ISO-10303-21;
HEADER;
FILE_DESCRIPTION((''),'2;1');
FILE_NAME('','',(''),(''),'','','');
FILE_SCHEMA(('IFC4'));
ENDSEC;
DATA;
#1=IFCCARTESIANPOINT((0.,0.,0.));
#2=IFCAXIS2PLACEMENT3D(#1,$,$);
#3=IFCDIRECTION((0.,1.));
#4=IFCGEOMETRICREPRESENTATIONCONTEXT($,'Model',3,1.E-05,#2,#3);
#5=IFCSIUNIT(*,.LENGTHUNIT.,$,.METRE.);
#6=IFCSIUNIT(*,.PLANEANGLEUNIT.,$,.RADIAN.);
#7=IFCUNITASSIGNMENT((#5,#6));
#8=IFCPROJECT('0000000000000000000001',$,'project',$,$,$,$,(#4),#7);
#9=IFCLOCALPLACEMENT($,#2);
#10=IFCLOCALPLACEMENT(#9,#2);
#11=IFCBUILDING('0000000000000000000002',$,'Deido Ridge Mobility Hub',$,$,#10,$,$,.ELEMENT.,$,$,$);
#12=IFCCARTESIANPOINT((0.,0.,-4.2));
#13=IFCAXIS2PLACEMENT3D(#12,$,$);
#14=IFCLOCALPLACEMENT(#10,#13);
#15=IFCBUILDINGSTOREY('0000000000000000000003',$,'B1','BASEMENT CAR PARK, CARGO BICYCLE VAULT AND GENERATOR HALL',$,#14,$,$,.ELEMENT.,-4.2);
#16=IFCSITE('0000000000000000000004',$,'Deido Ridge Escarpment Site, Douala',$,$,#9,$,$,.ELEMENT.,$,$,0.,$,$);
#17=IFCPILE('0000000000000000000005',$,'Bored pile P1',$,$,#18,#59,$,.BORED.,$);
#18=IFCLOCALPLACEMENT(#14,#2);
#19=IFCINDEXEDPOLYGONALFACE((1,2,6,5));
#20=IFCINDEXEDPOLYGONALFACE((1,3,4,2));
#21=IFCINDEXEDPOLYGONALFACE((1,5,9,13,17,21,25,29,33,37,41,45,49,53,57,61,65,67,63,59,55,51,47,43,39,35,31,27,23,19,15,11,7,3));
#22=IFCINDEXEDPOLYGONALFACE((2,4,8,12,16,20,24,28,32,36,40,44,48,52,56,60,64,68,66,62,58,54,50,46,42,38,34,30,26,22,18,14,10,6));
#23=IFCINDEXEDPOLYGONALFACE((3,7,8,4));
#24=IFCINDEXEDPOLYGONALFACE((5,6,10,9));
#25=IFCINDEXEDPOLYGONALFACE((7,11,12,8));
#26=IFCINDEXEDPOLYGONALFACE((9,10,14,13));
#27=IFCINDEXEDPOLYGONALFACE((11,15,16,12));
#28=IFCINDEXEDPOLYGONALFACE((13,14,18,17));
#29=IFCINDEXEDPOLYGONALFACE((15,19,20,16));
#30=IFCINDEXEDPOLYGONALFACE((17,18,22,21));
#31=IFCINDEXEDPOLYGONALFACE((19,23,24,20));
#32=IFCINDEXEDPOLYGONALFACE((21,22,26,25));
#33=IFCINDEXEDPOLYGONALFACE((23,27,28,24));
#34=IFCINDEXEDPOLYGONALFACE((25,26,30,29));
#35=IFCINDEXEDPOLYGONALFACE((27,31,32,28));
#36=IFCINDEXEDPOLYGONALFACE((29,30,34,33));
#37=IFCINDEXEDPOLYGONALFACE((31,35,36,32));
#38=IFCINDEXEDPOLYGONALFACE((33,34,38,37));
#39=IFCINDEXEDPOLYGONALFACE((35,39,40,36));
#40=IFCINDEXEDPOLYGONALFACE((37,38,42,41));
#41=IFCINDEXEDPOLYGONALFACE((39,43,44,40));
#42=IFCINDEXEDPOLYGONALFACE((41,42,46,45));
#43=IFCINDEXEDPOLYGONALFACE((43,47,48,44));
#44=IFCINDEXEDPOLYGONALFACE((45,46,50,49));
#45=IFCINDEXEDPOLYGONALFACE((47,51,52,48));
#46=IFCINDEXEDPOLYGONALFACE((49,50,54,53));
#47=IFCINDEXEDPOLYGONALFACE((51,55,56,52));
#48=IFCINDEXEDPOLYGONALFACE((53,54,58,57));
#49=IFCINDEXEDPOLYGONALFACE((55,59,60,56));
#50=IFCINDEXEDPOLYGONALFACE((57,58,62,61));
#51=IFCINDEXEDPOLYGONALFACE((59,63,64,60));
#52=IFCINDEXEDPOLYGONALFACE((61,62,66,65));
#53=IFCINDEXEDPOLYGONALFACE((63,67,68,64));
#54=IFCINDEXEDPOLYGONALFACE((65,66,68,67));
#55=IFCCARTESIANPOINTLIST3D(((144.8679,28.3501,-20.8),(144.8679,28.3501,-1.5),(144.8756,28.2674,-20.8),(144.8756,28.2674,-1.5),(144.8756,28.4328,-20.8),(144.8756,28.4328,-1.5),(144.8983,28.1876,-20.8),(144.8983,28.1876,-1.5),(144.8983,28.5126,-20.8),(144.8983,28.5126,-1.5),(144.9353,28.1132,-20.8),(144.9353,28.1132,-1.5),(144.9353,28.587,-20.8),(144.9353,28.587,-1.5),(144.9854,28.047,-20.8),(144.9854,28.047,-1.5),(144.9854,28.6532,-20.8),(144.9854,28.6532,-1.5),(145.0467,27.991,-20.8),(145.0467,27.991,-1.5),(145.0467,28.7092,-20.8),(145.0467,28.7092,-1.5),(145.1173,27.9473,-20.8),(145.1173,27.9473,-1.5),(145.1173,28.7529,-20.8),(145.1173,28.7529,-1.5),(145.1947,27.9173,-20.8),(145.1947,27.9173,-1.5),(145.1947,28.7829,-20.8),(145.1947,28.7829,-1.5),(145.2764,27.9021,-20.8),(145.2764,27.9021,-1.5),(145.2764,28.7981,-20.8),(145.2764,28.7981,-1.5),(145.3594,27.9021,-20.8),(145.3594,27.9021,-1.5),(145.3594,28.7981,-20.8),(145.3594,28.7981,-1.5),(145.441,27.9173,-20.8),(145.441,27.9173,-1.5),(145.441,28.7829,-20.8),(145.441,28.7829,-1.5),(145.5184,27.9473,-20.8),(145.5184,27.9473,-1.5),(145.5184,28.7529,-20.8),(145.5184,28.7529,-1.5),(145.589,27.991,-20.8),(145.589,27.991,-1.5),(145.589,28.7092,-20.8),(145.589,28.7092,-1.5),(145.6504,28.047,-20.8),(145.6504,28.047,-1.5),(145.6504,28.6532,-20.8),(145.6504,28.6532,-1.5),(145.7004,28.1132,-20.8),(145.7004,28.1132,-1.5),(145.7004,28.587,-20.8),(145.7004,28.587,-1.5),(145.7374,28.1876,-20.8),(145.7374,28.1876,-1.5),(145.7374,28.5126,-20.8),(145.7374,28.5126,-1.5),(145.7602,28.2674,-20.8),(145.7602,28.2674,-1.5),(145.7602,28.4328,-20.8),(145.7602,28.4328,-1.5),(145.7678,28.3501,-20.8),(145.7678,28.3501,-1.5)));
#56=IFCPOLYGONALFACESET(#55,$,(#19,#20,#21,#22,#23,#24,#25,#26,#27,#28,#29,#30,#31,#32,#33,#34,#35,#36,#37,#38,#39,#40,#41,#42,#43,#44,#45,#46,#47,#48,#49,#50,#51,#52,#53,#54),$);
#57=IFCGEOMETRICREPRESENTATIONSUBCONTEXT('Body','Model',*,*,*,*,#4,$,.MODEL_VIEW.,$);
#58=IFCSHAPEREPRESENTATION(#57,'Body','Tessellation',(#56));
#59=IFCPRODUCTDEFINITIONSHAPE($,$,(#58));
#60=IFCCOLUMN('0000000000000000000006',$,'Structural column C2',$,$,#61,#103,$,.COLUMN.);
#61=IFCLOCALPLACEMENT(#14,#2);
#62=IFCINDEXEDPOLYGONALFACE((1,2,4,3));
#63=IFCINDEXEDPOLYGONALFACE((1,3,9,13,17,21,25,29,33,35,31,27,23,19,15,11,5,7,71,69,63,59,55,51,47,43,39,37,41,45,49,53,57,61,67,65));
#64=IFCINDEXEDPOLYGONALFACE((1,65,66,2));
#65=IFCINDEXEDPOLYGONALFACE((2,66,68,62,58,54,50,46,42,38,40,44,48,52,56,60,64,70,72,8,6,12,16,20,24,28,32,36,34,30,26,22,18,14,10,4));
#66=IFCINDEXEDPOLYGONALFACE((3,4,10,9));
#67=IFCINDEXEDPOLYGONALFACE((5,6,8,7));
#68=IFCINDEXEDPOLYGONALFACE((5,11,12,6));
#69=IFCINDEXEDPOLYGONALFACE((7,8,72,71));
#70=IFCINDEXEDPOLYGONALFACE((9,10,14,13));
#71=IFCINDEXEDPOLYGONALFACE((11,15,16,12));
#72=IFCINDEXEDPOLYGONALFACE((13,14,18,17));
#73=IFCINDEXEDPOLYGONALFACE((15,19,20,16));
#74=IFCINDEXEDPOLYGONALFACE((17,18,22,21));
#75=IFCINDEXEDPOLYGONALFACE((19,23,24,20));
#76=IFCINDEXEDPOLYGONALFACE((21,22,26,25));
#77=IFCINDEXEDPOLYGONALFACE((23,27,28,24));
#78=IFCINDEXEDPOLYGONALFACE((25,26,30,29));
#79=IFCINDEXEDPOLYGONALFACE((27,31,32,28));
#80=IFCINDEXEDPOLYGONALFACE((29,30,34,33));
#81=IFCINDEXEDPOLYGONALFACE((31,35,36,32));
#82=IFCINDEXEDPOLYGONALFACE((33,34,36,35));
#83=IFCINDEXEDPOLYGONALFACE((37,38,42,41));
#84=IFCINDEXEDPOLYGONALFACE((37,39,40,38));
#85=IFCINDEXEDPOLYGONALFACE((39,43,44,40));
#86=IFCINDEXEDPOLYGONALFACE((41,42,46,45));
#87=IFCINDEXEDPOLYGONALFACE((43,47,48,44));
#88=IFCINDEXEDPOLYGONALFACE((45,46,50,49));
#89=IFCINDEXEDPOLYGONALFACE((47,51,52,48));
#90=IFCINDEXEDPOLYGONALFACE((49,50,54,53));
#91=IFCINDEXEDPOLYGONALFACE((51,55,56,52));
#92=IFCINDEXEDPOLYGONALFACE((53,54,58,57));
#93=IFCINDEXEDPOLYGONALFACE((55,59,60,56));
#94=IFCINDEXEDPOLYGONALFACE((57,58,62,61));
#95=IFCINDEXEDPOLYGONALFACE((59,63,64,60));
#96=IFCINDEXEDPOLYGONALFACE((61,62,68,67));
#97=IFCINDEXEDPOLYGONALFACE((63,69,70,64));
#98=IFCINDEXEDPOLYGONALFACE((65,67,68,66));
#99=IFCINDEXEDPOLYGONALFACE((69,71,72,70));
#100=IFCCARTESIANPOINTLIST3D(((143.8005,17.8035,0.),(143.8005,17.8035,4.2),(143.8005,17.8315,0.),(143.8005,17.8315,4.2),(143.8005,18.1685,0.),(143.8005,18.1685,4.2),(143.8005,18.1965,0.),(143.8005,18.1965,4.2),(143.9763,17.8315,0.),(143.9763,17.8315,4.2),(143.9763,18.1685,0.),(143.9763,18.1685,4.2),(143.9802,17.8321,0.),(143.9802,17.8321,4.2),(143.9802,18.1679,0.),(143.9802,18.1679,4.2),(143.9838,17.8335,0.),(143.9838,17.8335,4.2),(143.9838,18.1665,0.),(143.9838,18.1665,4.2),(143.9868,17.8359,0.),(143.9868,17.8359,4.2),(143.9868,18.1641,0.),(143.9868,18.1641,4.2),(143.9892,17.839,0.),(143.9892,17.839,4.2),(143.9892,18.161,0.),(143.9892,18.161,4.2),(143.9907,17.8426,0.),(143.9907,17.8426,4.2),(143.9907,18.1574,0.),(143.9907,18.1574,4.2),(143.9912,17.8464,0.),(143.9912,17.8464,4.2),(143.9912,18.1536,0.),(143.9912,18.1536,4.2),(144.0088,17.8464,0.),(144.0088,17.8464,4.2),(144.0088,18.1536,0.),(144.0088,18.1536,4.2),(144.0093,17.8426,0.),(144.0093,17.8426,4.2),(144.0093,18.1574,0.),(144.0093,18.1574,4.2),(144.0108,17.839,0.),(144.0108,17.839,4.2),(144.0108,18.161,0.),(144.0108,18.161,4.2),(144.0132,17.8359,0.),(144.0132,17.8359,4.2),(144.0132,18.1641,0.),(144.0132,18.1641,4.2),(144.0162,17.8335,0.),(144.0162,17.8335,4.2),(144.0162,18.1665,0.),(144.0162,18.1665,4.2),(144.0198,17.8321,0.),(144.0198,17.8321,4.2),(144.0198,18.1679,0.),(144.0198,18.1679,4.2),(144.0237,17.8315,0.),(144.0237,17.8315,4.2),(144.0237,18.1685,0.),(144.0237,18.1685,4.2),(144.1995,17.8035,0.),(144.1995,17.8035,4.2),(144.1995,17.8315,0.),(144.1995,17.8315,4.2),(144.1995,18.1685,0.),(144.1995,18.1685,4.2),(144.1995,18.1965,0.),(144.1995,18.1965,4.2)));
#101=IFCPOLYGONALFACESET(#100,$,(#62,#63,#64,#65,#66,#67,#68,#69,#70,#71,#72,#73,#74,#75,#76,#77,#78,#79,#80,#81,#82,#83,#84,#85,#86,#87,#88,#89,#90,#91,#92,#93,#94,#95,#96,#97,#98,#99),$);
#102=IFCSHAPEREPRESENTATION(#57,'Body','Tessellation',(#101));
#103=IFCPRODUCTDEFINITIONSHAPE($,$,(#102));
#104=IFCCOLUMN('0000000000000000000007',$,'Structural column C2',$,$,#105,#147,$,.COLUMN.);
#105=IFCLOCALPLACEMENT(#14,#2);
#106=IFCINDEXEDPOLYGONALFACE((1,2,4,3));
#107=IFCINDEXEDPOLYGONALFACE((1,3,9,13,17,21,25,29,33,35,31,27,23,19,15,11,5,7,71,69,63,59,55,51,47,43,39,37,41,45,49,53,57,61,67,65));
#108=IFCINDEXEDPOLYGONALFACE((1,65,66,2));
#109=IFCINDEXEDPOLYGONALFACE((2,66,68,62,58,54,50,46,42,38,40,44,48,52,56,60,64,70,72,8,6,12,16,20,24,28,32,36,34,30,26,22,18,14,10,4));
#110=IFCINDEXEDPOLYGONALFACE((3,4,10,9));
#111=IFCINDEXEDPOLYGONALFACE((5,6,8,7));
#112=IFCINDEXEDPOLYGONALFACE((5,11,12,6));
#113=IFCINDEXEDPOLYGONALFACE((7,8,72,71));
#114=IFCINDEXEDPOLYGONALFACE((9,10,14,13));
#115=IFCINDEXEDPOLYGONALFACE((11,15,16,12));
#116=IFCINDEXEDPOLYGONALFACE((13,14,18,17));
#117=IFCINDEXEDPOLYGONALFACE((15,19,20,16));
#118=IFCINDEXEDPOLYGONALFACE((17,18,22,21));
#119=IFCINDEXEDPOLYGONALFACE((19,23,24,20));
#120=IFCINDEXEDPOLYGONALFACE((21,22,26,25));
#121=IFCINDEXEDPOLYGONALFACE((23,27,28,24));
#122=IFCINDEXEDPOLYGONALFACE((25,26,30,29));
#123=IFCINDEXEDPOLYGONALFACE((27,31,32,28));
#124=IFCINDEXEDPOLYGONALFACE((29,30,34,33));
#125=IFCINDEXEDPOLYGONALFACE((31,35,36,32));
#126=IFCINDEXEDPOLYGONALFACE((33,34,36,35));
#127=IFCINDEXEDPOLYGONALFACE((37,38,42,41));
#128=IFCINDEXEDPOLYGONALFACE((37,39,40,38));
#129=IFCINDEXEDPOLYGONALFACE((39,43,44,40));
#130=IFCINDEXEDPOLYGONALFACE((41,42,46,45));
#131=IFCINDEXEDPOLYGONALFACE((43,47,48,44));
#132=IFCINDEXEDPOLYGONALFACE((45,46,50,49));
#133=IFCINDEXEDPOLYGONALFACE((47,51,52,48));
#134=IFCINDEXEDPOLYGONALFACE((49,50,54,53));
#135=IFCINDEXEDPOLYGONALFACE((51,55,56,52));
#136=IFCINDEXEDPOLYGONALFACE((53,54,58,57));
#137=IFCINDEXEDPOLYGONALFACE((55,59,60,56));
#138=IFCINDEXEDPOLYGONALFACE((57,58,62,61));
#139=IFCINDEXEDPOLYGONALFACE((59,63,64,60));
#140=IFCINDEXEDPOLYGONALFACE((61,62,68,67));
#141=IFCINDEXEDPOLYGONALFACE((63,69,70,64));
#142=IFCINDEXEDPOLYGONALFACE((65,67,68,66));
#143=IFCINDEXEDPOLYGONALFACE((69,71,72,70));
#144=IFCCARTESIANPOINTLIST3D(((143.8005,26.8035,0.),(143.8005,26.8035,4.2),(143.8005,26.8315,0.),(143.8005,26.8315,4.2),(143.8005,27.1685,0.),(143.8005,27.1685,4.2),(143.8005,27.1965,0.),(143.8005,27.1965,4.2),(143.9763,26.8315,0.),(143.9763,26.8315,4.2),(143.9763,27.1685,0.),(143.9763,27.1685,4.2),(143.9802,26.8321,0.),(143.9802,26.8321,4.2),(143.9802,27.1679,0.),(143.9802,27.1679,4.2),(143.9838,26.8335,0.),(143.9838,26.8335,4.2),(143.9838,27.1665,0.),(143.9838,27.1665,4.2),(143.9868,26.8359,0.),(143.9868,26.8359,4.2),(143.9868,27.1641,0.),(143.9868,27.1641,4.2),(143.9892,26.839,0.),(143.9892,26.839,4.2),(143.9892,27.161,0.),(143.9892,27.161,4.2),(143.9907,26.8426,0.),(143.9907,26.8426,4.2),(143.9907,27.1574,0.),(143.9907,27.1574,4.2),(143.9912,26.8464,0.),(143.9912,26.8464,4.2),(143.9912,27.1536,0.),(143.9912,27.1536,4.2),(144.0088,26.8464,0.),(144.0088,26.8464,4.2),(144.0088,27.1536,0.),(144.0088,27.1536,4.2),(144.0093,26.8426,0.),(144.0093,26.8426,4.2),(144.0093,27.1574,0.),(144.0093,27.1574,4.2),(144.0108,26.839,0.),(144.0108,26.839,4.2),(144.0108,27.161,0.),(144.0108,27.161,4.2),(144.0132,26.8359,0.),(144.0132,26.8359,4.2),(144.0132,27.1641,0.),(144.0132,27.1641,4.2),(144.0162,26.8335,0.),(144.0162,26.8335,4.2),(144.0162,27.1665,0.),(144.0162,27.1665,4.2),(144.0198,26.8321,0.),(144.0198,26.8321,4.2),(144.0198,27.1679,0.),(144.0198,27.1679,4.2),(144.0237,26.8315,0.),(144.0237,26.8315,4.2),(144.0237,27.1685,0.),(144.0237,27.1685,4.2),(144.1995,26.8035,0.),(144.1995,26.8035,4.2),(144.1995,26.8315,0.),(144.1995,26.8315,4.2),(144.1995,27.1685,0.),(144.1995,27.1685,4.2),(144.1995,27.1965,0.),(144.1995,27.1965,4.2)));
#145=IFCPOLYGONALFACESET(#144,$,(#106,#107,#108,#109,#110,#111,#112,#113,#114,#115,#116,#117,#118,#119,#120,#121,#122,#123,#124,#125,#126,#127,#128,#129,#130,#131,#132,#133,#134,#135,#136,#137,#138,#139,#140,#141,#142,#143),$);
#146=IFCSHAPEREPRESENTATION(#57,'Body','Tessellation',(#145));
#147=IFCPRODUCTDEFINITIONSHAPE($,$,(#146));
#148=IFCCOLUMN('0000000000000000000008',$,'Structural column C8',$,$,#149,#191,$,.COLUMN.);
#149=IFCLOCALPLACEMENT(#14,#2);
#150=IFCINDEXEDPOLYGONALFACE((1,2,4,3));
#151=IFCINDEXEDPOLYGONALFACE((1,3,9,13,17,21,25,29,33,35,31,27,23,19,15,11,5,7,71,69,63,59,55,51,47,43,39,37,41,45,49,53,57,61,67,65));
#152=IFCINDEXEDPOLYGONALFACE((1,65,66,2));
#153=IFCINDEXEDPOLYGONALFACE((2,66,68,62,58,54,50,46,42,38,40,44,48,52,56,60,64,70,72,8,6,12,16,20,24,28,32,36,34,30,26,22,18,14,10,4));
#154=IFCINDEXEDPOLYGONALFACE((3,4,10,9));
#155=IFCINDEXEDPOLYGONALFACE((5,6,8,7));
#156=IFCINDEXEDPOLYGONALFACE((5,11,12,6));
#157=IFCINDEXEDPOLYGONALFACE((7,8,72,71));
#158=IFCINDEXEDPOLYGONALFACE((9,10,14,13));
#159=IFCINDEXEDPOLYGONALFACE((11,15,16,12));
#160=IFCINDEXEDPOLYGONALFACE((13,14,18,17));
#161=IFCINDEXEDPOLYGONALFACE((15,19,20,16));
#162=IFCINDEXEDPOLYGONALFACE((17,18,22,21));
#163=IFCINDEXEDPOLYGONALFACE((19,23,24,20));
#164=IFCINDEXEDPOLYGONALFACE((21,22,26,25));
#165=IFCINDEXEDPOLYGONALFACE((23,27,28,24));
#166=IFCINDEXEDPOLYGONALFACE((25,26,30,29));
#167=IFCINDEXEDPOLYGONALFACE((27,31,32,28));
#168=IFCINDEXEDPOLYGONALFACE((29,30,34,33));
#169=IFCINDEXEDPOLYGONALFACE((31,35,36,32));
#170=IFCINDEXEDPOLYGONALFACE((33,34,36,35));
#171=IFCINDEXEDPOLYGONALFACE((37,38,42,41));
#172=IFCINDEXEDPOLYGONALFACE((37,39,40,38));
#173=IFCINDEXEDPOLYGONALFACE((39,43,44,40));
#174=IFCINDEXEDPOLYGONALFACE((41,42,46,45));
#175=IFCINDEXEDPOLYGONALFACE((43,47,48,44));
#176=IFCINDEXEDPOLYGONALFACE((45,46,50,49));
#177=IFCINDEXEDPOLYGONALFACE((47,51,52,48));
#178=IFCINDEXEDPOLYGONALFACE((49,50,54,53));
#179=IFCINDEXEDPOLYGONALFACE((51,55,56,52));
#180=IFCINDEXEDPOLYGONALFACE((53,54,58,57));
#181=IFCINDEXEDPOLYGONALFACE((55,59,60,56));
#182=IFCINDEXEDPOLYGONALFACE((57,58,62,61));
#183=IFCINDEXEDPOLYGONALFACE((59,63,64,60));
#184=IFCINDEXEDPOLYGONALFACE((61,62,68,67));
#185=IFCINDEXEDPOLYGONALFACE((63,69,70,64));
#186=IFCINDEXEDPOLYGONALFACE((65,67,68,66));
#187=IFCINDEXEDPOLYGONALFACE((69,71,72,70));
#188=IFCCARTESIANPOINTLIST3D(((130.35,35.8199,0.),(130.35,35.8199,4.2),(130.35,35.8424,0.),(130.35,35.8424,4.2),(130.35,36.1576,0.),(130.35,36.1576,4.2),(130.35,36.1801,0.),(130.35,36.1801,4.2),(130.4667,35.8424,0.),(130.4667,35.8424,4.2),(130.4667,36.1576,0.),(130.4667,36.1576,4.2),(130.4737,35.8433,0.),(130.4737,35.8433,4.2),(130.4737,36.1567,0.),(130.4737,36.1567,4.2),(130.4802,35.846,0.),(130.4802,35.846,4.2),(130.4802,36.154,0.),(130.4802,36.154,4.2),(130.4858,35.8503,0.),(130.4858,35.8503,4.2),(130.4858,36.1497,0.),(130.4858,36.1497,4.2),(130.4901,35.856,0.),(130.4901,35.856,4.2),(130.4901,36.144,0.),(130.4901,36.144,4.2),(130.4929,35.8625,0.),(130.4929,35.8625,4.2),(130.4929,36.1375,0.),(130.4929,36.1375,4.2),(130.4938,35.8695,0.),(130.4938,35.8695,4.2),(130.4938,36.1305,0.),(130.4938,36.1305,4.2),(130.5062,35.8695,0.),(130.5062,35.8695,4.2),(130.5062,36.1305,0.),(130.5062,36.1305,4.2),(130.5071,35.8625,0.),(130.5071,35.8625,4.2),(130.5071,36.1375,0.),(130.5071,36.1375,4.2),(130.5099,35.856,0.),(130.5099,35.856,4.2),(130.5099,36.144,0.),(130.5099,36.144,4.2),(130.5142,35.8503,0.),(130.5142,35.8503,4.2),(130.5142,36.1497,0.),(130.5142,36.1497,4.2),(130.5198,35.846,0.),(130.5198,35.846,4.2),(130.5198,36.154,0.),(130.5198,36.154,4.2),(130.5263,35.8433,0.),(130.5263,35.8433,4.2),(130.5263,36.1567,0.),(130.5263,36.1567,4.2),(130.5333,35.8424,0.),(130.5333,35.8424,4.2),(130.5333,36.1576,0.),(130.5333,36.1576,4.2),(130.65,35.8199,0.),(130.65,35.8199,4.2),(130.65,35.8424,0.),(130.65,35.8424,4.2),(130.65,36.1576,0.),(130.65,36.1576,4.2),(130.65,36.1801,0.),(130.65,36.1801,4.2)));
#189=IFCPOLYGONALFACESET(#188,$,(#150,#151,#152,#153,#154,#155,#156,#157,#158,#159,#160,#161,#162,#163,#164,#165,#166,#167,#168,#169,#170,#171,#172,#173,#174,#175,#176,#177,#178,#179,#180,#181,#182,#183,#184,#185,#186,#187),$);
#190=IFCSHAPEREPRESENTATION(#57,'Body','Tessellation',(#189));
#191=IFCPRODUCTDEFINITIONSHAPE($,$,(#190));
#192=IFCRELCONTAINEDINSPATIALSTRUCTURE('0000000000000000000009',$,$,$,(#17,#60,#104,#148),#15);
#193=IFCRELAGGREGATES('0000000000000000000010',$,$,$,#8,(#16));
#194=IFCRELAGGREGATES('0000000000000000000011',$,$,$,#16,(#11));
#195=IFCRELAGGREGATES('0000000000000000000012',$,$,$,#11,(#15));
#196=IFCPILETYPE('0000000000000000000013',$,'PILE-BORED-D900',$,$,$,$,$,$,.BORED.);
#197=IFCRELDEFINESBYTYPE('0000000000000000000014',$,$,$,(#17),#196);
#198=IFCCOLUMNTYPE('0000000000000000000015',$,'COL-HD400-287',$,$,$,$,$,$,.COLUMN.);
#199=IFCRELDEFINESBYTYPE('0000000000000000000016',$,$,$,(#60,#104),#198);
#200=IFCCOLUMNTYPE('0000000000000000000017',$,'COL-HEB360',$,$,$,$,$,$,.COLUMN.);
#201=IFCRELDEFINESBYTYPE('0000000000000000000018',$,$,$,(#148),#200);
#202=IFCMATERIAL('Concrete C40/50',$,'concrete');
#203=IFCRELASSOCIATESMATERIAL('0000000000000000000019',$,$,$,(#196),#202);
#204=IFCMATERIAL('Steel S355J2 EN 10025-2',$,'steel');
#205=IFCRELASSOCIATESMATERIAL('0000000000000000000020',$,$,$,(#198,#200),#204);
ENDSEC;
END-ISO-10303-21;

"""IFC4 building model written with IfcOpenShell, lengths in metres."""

from ifc_helpers import new_model, si_unit, direction, frame, origin, origin_2d, place, context, subcontext, project, spatial, circle, i_section, extrude, material, material_profile, profile_set, type_object, element, save


model = new_model("IFC4")

# Units and contexts
model_context = context("Model", 3, precision=1e-05, world=origin(), true_north=direction((0.0, 1.0)))
body_context = subcontext(model_context, "Body", "Model", "MODEL_VIEW")
ifc_project = project(units=[si_unit("LENGTHUNIT", "METRE"), si_unit("PLANEANGLEUNIT", "RADIAN")], contexts=[model_context])

# Site, building, storey
site_placement = place(None, origin())
site = spatial("IfcSite", under=ifc_project, at=site_placement, Name="Deido Ridge Escarpment Site, Douala", CompositionType="ELEMENT", RefElevation=0.0)
building_placement = place(site_placement, origin())
building = spatial("IfcBuilding", under=site, at=building_placement, Name="Deido Ridge Mobility Hub", CompositionType="ELEMENT")
storey_placement = place(building_placement, frame((0.0, 0.0, -4.2)))
storey = spatial("IfcBuildingStorey", under=building, at=storey_placement, Name="B1", Description="BASEMENT CAR PARK, CARGO BICYCLE VAULT AND GENERATOR HALL", CompositionType="ELEMENT", Elevation=-4.2)

# Shared definitions
ifc_material_1 = material(Name="Concrete C40/50", Category="concrete")

# Pile
ifc_material_profile_1 = material_profile(ifc_material_1, circle(Radius=0.45, at=origin_2d()), Name="BORED PILE D900")
ifc_profile_set_1 = profile_set([ifc_material_profile_1], Name="Concrete C40/50")
pile_type_1 = type_object("IfcPileType", Name="PILE-BORED-D900", PredefinedType="BORED", material=ifc_profile_set_1)
for number, where, z_axis, x_axis, name in (
    (1, (145.3179, 28.3501, -1.5), (0.0, 0.0, -1.0), (1.0, 0.0, 0.0), "Bored pile P1"),
):
    element("IfcPile", number, at=place(storey_placement, frame(where, z_axis=z_axis, x_axis=x_axis)), inside=storey, type_object=pile_type_1, Name=name, PredefinedType="BORED", context=body_context, shape_type="SweptSolid", body=[
        extrude(circle(Radius=0.45, at=origin_2d()), origin(), (0.0, 0.0, 1.0), 19.3),
    ])

# Columns
ifc_material_2 = material(Name="Steel S355J2 EN 10025-2", Category="steel")
ifc_material_profile_2 = material_profile(ifc_material_2, i_section(OverallWidth=0.3989, OverallDepth=0.3931, WebThickness=0.0176, FlangeThickness=0.0281, FilletRadius=0.0149, at=origin_2d()), Name="HD 400x287")
ifc_profile_set_2 = profile_set([ifc_material_profile_2], Name="Steel S355J2 EN 10025-2")
column_type_1 = type_object("IfcColumnType", Name="COL-HD400-287", PredefinedType="COLUMN", material=ifc_profile_set_2)
for number, where, z_axis, x_axis, name in (
    (2, (144.0, 18.0, 0.0), (0.0, 0.0, 1.0), (1.0, 0.0, 0.0), "Structural column C2"),
    (3, (144.0, 27.0, 0.0), (0.0, 0.0, 1.0), (1.0, 0.0, 0.0), "Structural column C2"),
):
    element("IfcColumn", number, at=place(storey_placement, frame(where, z_axis=z_axis, x_axis=x_axis)), inside=storey, type_object=column_type_1, Name=name, PredefinedType="COLUMN", context=body_context, shape_type="SweptSolid", body=[
        extrude(i_section(OverallWidth=0.3989, OverallDepth=0.3931, WebThickness=0.0176, FlangeThickness=0.0281, FilletRadius=0.0149, at=origin_2d()), origin(), (0.0, 0.0, 1.0), 4.2),
    ])
ifc_material_profile_3 = material_profile(ifc_material_2, i_section(OverallWidth=0.3, OverallDepth=0.3601, WebThickness=0.0125, FlangeThickness=0.0225, FilletRadius=0.0271, at=origin_2d()), Name="HEB 360")
ifc_profile_set_3 = profile_set([ifc_material_profile_3], Name="Steel S355J2 EN 10025-2")
column_type_2 = type_object("IfcColumnType", Name="COL-HEB360", PredefinedType="COLUMN", material=ifc_profile_set_3)
column_1_placement = place(storey_placement, frame((130.5, 36.0, 0.0), z_axis=(0.0, 0.0, 1.0), x_axis=(1.0, 0.0, 0.0)))
element("IfcColumn", 4, at=column_1_placement, inside=storey, type_object=column_type_2, Name="Structural column C8", PredefinedType="COLUMN", context=body_context, shape_type="SweptSolid", body=[
    extrude(i_section(OverallWidth=0.3, OverallDepth=0.3601, WebThickness=0.0125, FlangeThickness=0.0225, FilletRadius=0.0271, at=origin_2d()), origin(), (0.0, 0.0, 1.0), 4.2),
])

save(model, "model.ifc")
